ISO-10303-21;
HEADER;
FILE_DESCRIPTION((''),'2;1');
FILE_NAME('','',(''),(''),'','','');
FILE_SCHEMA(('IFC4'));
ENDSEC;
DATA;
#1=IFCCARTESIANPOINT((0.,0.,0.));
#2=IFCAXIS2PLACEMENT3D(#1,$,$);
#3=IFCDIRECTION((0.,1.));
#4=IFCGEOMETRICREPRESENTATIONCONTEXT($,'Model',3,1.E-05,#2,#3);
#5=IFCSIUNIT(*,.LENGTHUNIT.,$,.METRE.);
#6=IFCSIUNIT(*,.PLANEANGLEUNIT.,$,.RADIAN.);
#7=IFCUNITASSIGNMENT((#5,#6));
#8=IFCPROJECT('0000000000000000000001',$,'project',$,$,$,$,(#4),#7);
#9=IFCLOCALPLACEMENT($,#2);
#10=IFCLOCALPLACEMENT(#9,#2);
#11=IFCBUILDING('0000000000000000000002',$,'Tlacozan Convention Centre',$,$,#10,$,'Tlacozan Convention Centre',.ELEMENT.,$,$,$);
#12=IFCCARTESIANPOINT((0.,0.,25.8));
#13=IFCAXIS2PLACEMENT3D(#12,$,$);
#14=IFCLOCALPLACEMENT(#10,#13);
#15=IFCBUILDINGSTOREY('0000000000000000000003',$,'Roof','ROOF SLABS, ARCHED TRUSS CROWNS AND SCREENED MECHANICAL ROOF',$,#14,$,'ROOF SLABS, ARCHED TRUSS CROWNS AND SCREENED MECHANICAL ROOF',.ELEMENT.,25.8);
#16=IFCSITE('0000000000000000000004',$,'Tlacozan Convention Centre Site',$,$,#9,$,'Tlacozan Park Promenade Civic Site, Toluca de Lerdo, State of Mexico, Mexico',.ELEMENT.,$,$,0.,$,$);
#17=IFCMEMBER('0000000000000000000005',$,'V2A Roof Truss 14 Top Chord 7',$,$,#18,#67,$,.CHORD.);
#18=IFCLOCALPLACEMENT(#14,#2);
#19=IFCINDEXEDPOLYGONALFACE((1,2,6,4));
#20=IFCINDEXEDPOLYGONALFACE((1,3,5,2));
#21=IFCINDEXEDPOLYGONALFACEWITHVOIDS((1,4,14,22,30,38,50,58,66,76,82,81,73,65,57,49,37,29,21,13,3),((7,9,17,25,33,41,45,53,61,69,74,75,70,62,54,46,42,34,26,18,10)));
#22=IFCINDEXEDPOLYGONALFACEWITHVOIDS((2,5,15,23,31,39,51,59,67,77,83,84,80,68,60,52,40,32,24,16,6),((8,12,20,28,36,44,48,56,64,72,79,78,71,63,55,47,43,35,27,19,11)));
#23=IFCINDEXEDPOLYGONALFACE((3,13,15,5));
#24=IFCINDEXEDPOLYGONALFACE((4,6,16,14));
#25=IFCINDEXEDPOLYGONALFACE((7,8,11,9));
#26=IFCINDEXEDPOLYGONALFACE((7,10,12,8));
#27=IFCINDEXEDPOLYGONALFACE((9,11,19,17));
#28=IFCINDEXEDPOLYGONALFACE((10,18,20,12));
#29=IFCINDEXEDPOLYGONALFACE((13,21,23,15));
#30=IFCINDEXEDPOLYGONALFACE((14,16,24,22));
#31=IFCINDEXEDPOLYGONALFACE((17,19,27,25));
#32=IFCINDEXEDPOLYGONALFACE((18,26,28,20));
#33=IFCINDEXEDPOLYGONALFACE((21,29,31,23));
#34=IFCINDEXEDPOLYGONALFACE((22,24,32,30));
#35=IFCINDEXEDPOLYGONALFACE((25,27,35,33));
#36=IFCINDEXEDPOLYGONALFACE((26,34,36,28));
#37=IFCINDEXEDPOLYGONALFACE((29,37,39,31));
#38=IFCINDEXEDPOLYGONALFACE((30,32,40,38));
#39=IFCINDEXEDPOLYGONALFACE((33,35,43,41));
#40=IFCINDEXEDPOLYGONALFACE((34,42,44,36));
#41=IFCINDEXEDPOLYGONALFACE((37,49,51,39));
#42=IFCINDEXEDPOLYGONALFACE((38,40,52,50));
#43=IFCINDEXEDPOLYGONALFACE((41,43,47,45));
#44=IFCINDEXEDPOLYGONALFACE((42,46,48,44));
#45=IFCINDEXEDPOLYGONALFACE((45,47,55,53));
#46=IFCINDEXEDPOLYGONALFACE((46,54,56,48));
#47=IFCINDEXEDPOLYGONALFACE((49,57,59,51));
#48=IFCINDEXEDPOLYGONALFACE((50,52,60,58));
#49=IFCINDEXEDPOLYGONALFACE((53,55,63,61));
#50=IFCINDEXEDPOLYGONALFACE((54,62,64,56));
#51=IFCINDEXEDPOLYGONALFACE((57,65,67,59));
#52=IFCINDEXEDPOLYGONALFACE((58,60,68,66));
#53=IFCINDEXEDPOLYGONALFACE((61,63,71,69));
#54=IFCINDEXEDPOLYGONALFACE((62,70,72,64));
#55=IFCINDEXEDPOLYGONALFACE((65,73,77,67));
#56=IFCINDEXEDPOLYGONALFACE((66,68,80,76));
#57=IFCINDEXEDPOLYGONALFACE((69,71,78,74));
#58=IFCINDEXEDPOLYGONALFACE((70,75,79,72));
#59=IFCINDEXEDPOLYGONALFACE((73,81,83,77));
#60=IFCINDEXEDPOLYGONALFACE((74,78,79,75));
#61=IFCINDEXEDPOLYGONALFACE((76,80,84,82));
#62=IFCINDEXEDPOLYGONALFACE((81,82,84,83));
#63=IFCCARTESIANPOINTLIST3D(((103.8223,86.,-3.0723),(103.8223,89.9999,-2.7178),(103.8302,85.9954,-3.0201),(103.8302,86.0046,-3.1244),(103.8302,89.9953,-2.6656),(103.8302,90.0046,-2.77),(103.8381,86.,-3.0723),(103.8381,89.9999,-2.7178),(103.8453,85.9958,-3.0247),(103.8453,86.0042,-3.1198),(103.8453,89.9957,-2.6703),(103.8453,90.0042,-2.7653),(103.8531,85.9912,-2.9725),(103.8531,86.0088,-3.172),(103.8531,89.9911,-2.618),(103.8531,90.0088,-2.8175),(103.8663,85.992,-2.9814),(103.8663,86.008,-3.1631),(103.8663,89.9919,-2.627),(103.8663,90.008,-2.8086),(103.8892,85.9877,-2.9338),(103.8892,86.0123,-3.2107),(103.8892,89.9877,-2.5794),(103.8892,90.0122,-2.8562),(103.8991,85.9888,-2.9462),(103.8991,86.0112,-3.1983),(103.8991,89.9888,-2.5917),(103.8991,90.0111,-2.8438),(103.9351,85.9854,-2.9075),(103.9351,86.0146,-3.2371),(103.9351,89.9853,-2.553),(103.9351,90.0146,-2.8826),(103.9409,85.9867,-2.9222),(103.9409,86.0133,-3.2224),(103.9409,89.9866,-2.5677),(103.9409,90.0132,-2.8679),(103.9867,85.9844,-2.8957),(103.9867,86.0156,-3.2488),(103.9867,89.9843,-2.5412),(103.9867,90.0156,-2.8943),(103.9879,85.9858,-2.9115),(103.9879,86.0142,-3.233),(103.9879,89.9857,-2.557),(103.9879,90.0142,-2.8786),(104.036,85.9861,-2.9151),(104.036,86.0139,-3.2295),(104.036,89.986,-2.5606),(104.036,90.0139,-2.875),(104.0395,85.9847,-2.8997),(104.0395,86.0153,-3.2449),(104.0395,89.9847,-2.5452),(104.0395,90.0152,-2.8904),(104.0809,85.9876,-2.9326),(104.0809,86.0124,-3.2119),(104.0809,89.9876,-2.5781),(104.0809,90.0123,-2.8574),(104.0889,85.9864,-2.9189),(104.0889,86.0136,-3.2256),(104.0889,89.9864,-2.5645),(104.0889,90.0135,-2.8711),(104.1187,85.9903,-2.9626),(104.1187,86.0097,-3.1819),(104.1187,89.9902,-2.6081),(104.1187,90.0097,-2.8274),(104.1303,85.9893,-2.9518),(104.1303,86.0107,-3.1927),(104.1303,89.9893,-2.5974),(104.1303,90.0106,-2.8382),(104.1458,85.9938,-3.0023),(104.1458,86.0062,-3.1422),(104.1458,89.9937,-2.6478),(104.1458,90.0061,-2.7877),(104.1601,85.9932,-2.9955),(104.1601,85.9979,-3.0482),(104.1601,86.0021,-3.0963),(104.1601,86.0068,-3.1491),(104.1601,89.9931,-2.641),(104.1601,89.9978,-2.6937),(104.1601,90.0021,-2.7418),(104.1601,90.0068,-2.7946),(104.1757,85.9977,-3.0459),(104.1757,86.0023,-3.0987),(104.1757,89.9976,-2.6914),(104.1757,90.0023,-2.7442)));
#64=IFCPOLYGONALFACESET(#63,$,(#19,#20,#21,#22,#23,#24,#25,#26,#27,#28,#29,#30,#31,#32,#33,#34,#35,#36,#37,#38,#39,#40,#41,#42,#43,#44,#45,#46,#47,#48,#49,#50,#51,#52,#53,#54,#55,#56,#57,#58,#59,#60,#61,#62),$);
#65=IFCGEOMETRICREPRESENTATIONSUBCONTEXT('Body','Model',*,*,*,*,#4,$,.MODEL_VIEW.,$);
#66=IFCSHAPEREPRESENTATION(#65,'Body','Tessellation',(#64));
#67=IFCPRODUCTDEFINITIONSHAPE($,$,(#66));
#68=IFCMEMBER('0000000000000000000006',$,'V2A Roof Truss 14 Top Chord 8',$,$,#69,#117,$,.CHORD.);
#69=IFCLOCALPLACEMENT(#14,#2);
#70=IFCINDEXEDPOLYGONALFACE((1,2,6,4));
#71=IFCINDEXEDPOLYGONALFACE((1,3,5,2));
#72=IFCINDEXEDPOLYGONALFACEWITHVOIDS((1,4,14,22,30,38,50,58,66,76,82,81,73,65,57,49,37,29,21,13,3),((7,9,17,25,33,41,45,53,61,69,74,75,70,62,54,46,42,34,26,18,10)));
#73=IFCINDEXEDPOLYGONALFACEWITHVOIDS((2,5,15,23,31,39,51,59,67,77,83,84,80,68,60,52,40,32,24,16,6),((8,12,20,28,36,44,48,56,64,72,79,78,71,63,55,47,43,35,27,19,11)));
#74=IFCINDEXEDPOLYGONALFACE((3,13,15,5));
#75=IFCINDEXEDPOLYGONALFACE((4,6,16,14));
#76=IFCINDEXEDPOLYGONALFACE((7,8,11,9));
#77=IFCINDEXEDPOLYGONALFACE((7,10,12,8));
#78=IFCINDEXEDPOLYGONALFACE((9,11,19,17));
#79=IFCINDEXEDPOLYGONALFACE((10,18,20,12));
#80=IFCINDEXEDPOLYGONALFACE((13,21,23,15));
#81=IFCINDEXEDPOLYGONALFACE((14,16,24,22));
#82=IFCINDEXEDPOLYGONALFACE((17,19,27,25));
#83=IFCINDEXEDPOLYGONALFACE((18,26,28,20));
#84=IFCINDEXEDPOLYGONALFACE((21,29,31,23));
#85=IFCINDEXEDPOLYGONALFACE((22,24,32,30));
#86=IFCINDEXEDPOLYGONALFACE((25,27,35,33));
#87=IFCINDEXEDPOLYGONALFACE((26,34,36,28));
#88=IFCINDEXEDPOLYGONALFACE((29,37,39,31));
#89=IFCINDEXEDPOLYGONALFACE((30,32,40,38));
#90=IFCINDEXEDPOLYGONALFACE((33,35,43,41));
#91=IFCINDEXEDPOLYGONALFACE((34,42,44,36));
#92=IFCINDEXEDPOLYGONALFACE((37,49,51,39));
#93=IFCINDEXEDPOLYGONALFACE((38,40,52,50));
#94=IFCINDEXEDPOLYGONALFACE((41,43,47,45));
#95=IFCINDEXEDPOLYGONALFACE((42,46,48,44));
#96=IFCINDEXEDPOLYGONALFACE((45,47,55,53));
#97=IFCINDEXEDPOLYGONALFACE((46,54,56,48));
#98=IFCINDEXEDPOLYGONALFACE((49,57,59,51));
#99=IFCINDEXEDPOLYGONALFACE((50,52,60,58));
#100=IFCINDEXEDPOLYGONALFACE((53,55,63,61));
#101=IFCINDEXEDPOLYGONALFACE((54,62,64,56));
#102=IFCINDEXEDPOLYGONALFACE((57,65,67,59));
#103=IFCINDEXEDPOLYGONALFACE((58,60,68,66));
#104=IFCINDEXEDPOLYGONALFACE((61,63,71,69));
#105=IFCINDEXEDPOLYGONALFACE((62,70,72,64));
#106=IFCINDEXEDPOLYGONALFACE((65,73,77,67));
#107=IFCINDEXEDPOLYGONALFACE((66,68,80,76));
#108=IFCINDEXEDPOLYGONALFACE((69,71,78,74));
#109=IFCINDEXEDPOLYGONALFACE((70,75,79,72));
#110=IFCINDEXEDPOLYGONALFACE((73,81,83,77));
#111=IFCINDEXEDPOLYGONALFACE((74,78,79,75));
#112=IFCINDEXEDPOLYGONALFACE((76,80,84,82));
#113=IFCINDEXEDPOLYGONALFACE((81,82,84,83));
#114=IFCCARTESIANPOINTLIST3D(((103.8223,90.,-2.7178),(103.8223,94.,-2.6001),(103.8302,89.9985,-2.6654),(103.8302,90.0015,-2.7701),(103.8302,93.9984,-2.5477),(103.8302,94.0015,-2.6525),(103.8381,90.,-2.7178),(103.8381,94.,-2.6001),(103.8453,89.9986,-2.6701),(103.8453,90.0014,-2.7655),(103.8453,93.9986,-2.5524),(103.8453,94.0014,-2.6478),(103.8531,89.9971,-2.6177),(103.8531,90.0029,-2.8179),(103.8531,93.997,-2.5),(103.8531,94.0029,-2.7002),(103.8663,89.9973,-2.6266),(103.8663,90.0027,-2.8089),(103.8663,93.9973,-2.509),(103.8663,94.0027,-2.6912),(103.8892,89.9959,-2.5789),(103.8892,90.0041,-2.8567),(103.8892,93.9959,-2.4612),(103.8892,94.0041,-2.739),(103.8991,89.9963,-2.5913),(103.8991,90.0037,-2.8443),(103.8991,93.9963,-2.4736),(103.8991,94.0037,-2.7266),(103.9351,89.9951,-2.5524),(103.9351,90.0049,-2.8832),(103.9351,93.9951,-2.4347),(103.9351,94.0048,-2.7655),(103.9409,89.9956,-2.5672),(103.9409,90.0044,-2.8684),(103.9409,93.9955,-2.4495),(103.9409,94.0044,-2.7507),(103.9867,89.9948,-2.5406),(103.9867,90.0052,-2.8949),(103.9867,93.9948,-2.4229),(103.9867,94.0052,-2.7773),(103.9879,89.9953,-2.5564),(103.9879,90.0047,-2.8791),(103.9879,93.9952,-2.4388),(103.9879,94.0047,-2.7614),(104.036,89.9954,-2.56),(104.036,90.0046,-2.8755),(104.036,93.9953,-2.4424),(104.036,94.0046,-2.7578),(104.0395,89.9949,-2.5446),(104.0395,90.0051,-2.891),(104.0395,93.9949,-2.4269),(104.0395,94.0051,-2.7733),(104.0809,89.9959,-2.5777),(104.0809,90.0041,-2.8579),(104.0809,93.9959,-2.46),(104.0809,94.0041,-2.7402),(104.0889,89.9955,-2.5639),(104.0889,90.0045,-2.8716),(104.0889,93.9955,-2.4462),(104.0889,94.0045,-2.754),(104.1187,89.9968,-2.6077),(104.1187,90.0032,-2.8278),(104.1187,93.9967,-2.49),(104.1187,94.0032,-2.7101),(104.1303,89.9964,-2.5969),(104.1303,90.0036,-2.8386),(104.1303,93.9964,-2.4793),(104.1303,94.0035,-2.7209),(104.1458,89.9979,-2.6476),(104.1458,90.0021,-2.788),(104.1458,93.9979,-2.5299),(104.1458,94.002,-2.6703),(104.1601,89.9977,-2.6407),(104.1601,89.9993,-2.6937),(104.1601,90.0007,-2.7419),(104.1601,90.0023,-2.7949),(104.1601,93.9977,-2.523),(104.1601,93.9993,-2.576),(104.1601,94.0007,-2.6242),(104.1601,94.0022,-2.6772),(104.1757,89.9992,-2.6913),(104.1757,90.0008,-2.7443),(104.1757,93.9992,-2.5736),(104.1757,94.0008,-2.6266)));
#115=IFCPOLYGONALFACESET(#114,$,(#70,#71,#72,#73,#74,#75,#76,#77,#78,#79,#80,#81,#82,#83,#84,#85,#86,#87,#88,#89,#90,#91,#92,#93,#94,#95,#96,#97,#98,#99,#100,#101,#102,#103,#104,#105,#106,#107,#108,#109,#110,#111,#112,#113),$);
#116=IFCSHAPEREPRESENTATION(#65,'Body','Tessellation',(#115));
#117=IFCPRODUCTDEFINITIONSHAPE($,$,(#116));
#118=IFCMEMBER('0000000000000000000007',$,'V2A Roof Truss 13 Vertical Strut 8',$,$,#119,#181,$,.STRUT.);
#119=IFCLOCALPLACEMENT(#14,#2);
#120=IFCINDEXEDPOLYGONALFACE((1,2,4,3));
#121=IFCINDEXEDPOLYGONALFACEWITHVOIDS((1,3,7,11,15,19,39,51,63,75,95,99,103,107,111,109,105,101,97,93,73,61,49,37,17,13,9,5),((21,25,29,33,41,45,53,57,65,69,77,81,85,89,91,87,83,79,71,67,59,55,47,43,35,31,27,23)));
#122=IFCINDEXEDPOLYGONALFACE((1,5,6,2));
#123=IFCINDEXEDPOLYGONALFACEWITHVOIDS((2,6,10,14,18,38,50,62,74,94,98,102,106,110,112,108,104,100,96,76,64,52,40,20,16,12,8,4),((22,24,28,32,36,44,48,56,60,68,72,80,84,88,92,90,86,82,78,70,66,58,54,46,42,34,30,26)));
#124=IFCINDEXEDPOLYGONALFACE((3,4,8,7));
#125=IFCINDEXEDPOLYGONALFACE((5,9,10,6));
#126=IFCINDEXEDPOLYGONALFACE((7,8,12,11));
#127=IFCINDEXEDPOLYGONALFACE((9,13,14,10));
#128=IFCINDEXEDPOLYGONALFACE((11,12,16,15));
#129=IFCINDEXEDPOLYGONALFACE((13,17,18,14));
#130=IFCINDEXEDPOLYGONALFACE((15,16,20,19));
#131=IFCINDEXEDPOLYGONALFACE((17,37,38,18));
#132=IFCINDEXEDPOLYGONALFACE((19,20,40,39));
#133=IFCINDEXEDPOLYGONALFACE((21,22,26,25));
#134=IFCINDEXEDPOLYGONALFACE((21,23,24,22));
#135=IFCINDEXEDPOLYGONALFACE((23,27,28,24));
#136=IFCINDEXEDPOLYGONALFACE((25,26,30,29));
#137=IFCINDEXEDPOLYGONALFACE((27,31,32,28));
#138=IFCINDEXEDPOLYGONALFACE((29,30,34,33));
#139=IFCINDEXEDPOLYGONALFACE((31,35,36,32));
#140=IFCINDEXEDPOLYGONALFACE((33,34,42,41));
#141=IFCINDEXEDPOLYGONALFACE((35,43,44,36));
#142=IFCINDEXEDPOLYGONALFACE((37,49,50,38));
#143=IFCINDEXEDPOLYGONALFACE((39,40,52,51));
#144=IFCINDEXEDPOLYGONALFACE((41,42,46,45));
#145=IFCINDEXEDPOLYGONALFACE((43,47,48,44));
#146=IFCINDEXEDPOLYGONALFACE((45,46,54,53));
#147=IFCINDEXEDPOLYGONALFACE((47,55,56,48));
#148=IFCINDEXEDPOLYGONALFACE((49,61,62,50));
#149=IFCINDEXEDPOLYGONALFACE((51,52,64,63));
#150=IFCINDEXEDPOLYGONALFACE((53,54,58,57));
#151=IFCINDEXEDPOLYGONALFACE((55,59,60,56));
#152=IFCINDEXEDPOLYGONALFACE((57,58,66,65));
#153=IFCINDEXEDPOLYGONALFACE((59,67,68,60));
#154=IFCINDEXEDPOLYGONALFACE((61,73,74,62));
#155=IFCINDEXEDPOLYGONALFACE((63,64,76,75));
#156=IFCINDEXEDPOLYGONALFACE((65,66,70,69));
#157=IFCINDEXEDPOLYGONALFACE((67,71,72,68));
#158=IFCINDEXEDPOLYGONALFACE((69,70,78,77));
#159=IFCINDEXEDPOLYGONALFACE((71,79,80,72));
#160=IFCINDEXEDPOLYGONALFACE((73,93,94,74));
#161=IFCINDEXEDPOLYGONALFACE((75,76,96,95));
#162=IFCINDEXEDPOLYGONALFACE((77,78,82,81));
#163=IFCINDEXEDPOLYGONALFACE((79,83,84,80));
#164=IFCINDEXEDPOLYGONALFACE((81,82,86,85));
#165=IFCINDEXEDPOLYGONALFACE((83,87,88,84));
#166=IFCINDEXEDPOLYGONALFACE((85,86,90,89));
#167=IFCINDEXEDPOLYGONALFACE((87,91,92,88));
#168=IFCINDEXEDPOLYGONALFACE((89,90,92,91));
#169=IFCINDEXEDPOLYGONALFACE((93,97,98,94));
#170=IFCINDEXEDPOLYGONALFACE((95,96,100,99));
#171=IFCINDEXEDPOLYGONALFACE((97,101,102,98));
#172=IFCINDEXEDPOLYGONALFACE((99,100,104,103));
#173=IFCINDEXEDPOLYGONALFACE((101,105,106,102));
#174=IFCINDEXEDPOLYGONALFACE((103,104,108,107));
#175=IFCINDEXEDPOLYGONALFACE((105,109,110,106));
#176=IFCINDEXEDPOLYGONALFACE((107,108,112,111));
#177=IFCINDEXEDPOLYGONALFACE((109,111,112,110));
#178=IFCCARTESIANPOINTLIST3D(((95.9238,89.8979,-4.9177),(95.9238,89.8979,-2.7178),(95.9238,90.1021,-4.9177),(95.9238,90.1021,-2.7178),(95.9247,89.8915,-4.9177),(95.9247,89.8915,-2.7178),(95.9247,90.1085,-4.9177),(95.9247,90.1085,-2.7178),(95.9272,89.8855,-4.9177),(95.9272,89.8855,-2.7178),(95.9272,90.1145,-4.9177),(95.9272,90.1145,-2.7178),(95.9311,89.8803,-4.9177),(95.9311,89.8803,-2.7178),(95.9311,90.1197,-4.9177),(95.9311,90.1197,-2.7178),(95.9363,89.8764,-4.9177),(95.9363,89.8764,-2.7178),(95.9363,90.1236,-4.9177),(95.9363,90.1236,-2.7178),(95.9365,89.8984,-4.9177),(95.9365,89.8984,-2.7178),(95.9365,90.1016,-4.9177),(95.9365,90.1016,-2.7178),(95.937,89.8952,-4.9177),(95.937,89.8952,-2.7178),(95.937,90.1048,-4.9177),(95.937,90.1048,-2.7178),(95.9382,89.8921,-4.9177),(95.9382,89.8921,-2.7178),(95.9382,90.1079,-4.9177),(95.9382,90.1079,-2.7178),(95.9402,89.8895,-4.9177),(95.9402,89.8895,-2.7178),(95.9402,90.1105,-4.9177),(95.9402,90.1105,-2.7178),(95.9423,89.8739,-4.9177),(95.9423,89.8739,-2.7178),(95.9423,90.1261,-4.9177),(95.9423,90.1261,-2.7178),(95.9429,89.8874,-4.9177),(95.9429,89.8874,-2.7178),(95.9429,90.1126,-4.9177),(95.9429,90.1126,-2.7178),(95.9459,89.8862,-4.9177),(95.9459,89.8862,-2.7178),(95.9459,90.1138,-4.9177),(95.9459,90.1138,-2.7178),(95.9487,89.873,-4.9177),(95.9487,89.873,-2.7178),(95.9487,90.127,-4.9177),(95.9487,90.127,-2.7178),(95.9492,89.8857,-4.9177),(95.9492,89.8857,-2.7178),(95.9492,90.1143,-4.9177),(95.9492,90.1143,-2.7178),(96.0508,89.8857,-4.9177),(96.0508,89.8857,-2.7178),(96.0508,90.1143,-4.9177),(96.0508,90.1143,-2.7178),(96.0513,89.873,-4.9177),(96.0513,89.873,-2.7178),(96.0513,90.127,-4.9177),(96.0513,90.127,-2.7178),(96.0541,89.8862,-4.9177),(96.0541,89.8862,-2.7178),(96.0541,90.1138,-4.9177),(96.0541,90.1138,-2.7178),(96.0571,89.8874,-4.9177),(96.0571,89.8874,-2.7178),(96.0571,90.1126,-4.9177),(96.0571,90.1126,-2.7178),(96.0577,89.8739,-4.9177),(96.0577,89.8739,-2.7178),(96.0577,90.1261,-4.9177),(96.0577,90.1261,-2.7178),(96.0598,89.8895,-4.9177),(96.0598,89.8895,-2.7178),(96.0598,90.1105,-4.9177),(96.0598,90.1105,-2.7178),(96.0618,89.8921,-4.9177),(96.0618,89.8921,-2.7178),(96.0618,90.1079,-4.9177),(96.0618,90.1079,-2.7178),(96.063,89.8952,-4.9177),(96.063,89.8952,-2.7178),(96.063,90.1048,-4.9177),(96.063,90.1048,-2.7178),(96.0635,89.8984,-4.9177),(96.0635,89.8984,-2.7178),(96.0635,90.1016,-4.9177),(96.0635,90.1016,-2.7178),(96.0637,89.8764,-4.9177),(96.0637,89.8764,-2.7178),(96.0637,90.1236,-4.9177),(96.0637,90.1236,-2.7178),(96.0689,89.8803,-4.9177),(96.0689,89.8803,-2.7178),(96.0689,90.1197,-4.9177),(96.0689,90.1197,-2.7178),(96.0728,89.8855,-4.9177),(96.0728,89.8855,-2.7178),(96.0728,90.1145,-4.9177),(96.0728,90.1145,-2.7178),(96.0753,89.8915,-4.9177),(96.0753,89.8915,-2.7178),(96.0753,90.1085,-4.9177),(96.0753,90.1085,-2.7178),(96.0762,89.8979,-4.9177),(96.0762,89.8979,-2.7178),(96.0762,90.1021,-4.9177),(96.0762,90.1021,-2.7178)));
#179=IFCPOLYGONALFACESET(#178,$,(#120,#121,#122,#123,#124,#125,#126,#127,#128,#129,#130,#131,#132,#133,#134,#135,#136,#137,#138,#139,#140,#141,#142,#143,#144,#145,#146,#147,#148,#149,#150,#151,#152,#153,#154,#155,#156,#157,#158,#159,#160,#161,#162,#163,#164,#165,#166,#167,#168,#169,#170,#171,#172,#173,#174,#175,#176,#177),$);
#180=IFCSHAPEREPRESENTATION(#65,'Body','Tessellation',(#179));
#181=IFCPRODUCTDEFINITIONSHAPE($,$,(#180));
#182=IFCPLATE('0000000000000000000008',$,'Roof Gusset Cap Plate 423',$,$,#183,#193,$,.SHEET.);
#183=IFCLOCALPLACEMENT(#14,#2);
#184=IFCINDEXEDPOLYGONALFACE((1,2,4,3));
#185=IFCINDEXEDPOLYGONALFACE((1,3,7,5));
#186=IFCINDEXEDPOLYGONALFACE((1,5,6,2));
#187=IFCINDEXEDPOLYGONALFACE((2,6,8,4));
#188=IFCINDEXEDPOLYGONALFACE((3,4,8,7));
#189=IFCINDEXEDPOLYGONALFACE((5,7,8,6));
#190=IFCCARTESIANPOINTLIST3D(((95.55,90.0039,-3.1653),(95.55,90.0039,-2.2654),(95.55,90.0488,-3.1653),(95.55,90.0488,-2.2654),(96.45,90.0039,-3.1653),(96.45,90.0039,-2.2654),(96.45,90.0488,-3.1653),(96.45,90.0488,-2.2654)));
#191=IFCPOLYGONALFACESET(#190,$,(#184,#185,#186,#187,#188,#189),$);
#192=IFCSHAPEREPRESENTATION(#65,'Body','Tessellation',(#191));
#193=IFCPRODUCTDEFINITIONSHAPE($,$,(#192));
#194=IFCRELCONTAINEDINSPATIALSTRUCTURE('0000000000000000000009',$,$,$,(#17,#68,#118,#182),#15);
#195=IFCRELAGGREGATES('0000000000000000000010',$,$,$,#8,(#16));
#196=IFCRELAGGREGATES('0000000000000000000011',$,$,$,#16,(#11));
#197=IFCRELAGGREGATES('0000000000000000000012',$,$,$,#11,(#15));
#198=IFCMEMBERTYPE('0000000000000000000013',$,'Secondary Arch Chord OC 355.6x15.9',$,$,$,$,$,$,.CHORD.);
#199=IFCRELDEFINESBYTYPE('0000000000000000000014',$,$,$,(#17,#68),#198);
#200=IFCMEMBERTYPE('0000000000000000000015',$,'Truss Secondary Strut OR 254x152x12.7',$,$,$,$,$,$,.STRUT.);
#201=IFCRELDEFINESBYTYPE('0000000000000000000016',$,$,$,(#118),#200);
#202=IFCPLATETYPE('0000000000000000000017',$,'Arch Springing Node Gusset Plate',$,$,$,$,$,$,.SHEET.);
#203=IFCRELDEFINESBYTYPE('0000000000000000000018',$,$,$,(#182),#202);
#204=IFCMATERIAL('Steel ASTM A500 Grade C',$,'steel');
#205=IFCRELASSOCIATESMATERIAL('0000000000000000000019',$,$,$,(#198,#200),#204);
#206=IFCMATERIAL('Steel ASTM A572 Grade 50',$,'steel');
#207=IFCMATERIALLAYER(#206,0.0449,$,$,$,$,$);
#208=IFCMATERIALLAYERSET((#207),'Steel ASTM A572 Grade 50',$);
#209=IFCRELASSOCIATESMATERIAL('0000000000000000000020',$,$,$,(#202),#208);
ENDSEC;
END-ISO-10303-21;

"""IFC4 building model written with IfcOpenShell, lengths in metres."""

from ifc_helpers import new_model, si_unit, direction, frame, origin, origin_2d, place, context, subcontext, project, spatial, rectangle, hollow_rectangle, hollow_circle, extrude, material, layer, layer_set, material_profile, profile_set, type_object, element, save


model = new_model("IFC4")

# Units and contexts
model_context = context("Model", 3, precision=1e-05, world=origin(), true_north=direction((0.0, 1.0)))
body_context = subcontext(model_context, "Body", "Model", "MODEL_VIEW")
ifc_project = project(units=[si_unit("LENGTHUNIT", "METRE"), si_unit("PLANEANGLEUNIT", "RADIAN")], contexts=[model_context])

# Site, building, storey
site_placement = place(None, origin())
site = spatial("IfcSite", under=ifc_project, at=site_placement, Name="Tlacozan Convention Centre Site", LongName="Tlacozan Park Promenade Civic Site, Toluca de Lerdo, State of Mexico, Mexico", CompositionType="ELEMENT", RefElevation=0.0)
building_placement = place(site_placement, origin())
building = spatial("IfcBuilding", under=site, at=building_placement, Name="Tlacozan Convention Centre", LongName="Tlacozan Convention Centre", CompositionType="ELEMENT")
storey_placement = place(building_placement, frame((0.0, 0.0, 25.8)))
storey = spatial("IfcBuildingStorey", under=building, at=storey_placement, Name="Roof", Description="ROOF SLABS, ARCHED TRUSS CROWNS AND SCREENED MECHANICAL ROOF", LongName="ROOF SLABS, ARCHED TRUSS CROWNS AND SCREENED MECHANICAL ROOF", CompositionType="ELEMENT", Elevation=25.8)

# Members
ifc_material_1 = material(Name="Steel ASTM A500 Grade C", Category="steel")
ifc_material_profile_1 = material_profile(ifc_material_1, hollow_circle(Radius=0.1777, WallThickness=0.0159, at=origin_2d()), Name="OC 355.6x15.9")
ifc_profile_set_1 = profile_set([ifc_material_profile_1], Name="Steel ASTM A500 Grade C")
member_type_1 = type_object("IfcMemberType", Name="Secondary Arch Chord OC 355.6x15.9", PredefinedType="CHORD", material=ifc_profile_set_1)
member_1_placement = place(storey_placement, frame((104.0, 86.0, -3.0723), z_axis=(0.0, 0.996096, 0.088277), x_axis=(-1.0, 0.0, 0.0)))
element("IfcMember", 1, at=member_1_placement, inside=storey, type_object=member_type_1, Name="V2A Roof Truss 14 Top Chord 7", PredefinedType="CHORD", context=body_context, shape_type="SweptSolid", body=[
    extrude(hollow_circle(Radius=0.1777, WallThickness=0.0159, at=origin_2d()), origin(), (0.0, 0.0, 1.0), 4.0156),
])
member_2_placement = place(storey_placement, frame((104.0, 90.0, -2.7178), z_axis=(0.0, 0.999568, 0.029406), x_axis=(-1.0, 0.0, 0.0)))
element("IfcMember", 2, at=member_2_placement, inside=storey, type_object=member_type_1, Name="V2A Roof Truss 14 Top Chord 8", PredefinedType="CHORD", context=body_context, shape_type="SweptSolid", body=[
    extrude(hollow_circle(Radius=0.1777, WallThickness=0.0159, at=origin_2d()), origin(), (0.0, 0.0, 1.0), 4.0017),
])
ifc_material_profile_2 = material_profile(ifc_material_1, hollow_rectangle(XDim=0.1523, YDim=0.2539, WallThickness=0.0127, InnerFilletRadius=0.0127, OuterFilletRadius=0.0249, at=origin_2d()), Name="OR 254x152x12.7")
ifc_profile_set_2 = profile_set([ifc_material_profile_2], Name="Steel ASTM A500 Grade C")
member_type_2 = type_object("IfcMemberType", Name="Truss Secondary Strut OR 254x152x12.7", PredefinedType="STRUT", material=ifc_profile_set_2)
member_3_placement = place(storey_placement, frame((96.0, 90.0, -4.9177), z_axis=(0.0, 0.0, 1.0), x_axis=(1.0, 0.0, 0.0)))
element("IfcMember", 3, at=member_3_placement, inside=storey, type_object=member_type_2, Name="V2A Roof Truss 13 Vertical Strut 8", PredefinedType="STRUT", context=body_context, shape_type="SweptSolid", body=[
    extrude(hollow_rectangle(XDim=0.1523, YDim=0.2539, WallThickness=0.0127, InnerFilletRadius=0.0127, OuterFilletRadius=0.0249, at=origin_2d()), origin(), (0.0, 0.0, 1.0), 2.2),
])

# Plate
ifc_material_2 = material(Name="Steel ASTM A572 Grade 50", Category="steel")
ifc_layer = layer(ifc_material_2, 0.0449)
ifc_layer_set = layer_set([ifc_layer], Name="Steel ASTM A572 Grade 50")
plate_type = type_object("IfcPlateType", Name="Arch Springing Node Gusset Plate", PredefinedType="SHEET", material=ifc_layer_set)
for number, where, z_axis, x_axis, name in (
    (4, (96.0, 90.0264, -3.1653), (0.0, 0.0, 1.0), (0.0, 1.0, 0.0), "Roof Gusset Cap Plate 423"),
):
    element("IfcPlate", number, at=place(storey_placement, frame(where, z_axis=z_axis, x_axis=x_axis)), inside=storey, type_object=plate_type, Name=name, PredefinedType="SHEET", context=body_context, shape_type="SweptSolid", body=[
        extrude(rectangle(XDim=0.0449, YDim=0.8999, at=origin_2d()), origin(), (0.0, 0.0, 1.0), 0.8999),
    ])

save(model, "model.ifc")
